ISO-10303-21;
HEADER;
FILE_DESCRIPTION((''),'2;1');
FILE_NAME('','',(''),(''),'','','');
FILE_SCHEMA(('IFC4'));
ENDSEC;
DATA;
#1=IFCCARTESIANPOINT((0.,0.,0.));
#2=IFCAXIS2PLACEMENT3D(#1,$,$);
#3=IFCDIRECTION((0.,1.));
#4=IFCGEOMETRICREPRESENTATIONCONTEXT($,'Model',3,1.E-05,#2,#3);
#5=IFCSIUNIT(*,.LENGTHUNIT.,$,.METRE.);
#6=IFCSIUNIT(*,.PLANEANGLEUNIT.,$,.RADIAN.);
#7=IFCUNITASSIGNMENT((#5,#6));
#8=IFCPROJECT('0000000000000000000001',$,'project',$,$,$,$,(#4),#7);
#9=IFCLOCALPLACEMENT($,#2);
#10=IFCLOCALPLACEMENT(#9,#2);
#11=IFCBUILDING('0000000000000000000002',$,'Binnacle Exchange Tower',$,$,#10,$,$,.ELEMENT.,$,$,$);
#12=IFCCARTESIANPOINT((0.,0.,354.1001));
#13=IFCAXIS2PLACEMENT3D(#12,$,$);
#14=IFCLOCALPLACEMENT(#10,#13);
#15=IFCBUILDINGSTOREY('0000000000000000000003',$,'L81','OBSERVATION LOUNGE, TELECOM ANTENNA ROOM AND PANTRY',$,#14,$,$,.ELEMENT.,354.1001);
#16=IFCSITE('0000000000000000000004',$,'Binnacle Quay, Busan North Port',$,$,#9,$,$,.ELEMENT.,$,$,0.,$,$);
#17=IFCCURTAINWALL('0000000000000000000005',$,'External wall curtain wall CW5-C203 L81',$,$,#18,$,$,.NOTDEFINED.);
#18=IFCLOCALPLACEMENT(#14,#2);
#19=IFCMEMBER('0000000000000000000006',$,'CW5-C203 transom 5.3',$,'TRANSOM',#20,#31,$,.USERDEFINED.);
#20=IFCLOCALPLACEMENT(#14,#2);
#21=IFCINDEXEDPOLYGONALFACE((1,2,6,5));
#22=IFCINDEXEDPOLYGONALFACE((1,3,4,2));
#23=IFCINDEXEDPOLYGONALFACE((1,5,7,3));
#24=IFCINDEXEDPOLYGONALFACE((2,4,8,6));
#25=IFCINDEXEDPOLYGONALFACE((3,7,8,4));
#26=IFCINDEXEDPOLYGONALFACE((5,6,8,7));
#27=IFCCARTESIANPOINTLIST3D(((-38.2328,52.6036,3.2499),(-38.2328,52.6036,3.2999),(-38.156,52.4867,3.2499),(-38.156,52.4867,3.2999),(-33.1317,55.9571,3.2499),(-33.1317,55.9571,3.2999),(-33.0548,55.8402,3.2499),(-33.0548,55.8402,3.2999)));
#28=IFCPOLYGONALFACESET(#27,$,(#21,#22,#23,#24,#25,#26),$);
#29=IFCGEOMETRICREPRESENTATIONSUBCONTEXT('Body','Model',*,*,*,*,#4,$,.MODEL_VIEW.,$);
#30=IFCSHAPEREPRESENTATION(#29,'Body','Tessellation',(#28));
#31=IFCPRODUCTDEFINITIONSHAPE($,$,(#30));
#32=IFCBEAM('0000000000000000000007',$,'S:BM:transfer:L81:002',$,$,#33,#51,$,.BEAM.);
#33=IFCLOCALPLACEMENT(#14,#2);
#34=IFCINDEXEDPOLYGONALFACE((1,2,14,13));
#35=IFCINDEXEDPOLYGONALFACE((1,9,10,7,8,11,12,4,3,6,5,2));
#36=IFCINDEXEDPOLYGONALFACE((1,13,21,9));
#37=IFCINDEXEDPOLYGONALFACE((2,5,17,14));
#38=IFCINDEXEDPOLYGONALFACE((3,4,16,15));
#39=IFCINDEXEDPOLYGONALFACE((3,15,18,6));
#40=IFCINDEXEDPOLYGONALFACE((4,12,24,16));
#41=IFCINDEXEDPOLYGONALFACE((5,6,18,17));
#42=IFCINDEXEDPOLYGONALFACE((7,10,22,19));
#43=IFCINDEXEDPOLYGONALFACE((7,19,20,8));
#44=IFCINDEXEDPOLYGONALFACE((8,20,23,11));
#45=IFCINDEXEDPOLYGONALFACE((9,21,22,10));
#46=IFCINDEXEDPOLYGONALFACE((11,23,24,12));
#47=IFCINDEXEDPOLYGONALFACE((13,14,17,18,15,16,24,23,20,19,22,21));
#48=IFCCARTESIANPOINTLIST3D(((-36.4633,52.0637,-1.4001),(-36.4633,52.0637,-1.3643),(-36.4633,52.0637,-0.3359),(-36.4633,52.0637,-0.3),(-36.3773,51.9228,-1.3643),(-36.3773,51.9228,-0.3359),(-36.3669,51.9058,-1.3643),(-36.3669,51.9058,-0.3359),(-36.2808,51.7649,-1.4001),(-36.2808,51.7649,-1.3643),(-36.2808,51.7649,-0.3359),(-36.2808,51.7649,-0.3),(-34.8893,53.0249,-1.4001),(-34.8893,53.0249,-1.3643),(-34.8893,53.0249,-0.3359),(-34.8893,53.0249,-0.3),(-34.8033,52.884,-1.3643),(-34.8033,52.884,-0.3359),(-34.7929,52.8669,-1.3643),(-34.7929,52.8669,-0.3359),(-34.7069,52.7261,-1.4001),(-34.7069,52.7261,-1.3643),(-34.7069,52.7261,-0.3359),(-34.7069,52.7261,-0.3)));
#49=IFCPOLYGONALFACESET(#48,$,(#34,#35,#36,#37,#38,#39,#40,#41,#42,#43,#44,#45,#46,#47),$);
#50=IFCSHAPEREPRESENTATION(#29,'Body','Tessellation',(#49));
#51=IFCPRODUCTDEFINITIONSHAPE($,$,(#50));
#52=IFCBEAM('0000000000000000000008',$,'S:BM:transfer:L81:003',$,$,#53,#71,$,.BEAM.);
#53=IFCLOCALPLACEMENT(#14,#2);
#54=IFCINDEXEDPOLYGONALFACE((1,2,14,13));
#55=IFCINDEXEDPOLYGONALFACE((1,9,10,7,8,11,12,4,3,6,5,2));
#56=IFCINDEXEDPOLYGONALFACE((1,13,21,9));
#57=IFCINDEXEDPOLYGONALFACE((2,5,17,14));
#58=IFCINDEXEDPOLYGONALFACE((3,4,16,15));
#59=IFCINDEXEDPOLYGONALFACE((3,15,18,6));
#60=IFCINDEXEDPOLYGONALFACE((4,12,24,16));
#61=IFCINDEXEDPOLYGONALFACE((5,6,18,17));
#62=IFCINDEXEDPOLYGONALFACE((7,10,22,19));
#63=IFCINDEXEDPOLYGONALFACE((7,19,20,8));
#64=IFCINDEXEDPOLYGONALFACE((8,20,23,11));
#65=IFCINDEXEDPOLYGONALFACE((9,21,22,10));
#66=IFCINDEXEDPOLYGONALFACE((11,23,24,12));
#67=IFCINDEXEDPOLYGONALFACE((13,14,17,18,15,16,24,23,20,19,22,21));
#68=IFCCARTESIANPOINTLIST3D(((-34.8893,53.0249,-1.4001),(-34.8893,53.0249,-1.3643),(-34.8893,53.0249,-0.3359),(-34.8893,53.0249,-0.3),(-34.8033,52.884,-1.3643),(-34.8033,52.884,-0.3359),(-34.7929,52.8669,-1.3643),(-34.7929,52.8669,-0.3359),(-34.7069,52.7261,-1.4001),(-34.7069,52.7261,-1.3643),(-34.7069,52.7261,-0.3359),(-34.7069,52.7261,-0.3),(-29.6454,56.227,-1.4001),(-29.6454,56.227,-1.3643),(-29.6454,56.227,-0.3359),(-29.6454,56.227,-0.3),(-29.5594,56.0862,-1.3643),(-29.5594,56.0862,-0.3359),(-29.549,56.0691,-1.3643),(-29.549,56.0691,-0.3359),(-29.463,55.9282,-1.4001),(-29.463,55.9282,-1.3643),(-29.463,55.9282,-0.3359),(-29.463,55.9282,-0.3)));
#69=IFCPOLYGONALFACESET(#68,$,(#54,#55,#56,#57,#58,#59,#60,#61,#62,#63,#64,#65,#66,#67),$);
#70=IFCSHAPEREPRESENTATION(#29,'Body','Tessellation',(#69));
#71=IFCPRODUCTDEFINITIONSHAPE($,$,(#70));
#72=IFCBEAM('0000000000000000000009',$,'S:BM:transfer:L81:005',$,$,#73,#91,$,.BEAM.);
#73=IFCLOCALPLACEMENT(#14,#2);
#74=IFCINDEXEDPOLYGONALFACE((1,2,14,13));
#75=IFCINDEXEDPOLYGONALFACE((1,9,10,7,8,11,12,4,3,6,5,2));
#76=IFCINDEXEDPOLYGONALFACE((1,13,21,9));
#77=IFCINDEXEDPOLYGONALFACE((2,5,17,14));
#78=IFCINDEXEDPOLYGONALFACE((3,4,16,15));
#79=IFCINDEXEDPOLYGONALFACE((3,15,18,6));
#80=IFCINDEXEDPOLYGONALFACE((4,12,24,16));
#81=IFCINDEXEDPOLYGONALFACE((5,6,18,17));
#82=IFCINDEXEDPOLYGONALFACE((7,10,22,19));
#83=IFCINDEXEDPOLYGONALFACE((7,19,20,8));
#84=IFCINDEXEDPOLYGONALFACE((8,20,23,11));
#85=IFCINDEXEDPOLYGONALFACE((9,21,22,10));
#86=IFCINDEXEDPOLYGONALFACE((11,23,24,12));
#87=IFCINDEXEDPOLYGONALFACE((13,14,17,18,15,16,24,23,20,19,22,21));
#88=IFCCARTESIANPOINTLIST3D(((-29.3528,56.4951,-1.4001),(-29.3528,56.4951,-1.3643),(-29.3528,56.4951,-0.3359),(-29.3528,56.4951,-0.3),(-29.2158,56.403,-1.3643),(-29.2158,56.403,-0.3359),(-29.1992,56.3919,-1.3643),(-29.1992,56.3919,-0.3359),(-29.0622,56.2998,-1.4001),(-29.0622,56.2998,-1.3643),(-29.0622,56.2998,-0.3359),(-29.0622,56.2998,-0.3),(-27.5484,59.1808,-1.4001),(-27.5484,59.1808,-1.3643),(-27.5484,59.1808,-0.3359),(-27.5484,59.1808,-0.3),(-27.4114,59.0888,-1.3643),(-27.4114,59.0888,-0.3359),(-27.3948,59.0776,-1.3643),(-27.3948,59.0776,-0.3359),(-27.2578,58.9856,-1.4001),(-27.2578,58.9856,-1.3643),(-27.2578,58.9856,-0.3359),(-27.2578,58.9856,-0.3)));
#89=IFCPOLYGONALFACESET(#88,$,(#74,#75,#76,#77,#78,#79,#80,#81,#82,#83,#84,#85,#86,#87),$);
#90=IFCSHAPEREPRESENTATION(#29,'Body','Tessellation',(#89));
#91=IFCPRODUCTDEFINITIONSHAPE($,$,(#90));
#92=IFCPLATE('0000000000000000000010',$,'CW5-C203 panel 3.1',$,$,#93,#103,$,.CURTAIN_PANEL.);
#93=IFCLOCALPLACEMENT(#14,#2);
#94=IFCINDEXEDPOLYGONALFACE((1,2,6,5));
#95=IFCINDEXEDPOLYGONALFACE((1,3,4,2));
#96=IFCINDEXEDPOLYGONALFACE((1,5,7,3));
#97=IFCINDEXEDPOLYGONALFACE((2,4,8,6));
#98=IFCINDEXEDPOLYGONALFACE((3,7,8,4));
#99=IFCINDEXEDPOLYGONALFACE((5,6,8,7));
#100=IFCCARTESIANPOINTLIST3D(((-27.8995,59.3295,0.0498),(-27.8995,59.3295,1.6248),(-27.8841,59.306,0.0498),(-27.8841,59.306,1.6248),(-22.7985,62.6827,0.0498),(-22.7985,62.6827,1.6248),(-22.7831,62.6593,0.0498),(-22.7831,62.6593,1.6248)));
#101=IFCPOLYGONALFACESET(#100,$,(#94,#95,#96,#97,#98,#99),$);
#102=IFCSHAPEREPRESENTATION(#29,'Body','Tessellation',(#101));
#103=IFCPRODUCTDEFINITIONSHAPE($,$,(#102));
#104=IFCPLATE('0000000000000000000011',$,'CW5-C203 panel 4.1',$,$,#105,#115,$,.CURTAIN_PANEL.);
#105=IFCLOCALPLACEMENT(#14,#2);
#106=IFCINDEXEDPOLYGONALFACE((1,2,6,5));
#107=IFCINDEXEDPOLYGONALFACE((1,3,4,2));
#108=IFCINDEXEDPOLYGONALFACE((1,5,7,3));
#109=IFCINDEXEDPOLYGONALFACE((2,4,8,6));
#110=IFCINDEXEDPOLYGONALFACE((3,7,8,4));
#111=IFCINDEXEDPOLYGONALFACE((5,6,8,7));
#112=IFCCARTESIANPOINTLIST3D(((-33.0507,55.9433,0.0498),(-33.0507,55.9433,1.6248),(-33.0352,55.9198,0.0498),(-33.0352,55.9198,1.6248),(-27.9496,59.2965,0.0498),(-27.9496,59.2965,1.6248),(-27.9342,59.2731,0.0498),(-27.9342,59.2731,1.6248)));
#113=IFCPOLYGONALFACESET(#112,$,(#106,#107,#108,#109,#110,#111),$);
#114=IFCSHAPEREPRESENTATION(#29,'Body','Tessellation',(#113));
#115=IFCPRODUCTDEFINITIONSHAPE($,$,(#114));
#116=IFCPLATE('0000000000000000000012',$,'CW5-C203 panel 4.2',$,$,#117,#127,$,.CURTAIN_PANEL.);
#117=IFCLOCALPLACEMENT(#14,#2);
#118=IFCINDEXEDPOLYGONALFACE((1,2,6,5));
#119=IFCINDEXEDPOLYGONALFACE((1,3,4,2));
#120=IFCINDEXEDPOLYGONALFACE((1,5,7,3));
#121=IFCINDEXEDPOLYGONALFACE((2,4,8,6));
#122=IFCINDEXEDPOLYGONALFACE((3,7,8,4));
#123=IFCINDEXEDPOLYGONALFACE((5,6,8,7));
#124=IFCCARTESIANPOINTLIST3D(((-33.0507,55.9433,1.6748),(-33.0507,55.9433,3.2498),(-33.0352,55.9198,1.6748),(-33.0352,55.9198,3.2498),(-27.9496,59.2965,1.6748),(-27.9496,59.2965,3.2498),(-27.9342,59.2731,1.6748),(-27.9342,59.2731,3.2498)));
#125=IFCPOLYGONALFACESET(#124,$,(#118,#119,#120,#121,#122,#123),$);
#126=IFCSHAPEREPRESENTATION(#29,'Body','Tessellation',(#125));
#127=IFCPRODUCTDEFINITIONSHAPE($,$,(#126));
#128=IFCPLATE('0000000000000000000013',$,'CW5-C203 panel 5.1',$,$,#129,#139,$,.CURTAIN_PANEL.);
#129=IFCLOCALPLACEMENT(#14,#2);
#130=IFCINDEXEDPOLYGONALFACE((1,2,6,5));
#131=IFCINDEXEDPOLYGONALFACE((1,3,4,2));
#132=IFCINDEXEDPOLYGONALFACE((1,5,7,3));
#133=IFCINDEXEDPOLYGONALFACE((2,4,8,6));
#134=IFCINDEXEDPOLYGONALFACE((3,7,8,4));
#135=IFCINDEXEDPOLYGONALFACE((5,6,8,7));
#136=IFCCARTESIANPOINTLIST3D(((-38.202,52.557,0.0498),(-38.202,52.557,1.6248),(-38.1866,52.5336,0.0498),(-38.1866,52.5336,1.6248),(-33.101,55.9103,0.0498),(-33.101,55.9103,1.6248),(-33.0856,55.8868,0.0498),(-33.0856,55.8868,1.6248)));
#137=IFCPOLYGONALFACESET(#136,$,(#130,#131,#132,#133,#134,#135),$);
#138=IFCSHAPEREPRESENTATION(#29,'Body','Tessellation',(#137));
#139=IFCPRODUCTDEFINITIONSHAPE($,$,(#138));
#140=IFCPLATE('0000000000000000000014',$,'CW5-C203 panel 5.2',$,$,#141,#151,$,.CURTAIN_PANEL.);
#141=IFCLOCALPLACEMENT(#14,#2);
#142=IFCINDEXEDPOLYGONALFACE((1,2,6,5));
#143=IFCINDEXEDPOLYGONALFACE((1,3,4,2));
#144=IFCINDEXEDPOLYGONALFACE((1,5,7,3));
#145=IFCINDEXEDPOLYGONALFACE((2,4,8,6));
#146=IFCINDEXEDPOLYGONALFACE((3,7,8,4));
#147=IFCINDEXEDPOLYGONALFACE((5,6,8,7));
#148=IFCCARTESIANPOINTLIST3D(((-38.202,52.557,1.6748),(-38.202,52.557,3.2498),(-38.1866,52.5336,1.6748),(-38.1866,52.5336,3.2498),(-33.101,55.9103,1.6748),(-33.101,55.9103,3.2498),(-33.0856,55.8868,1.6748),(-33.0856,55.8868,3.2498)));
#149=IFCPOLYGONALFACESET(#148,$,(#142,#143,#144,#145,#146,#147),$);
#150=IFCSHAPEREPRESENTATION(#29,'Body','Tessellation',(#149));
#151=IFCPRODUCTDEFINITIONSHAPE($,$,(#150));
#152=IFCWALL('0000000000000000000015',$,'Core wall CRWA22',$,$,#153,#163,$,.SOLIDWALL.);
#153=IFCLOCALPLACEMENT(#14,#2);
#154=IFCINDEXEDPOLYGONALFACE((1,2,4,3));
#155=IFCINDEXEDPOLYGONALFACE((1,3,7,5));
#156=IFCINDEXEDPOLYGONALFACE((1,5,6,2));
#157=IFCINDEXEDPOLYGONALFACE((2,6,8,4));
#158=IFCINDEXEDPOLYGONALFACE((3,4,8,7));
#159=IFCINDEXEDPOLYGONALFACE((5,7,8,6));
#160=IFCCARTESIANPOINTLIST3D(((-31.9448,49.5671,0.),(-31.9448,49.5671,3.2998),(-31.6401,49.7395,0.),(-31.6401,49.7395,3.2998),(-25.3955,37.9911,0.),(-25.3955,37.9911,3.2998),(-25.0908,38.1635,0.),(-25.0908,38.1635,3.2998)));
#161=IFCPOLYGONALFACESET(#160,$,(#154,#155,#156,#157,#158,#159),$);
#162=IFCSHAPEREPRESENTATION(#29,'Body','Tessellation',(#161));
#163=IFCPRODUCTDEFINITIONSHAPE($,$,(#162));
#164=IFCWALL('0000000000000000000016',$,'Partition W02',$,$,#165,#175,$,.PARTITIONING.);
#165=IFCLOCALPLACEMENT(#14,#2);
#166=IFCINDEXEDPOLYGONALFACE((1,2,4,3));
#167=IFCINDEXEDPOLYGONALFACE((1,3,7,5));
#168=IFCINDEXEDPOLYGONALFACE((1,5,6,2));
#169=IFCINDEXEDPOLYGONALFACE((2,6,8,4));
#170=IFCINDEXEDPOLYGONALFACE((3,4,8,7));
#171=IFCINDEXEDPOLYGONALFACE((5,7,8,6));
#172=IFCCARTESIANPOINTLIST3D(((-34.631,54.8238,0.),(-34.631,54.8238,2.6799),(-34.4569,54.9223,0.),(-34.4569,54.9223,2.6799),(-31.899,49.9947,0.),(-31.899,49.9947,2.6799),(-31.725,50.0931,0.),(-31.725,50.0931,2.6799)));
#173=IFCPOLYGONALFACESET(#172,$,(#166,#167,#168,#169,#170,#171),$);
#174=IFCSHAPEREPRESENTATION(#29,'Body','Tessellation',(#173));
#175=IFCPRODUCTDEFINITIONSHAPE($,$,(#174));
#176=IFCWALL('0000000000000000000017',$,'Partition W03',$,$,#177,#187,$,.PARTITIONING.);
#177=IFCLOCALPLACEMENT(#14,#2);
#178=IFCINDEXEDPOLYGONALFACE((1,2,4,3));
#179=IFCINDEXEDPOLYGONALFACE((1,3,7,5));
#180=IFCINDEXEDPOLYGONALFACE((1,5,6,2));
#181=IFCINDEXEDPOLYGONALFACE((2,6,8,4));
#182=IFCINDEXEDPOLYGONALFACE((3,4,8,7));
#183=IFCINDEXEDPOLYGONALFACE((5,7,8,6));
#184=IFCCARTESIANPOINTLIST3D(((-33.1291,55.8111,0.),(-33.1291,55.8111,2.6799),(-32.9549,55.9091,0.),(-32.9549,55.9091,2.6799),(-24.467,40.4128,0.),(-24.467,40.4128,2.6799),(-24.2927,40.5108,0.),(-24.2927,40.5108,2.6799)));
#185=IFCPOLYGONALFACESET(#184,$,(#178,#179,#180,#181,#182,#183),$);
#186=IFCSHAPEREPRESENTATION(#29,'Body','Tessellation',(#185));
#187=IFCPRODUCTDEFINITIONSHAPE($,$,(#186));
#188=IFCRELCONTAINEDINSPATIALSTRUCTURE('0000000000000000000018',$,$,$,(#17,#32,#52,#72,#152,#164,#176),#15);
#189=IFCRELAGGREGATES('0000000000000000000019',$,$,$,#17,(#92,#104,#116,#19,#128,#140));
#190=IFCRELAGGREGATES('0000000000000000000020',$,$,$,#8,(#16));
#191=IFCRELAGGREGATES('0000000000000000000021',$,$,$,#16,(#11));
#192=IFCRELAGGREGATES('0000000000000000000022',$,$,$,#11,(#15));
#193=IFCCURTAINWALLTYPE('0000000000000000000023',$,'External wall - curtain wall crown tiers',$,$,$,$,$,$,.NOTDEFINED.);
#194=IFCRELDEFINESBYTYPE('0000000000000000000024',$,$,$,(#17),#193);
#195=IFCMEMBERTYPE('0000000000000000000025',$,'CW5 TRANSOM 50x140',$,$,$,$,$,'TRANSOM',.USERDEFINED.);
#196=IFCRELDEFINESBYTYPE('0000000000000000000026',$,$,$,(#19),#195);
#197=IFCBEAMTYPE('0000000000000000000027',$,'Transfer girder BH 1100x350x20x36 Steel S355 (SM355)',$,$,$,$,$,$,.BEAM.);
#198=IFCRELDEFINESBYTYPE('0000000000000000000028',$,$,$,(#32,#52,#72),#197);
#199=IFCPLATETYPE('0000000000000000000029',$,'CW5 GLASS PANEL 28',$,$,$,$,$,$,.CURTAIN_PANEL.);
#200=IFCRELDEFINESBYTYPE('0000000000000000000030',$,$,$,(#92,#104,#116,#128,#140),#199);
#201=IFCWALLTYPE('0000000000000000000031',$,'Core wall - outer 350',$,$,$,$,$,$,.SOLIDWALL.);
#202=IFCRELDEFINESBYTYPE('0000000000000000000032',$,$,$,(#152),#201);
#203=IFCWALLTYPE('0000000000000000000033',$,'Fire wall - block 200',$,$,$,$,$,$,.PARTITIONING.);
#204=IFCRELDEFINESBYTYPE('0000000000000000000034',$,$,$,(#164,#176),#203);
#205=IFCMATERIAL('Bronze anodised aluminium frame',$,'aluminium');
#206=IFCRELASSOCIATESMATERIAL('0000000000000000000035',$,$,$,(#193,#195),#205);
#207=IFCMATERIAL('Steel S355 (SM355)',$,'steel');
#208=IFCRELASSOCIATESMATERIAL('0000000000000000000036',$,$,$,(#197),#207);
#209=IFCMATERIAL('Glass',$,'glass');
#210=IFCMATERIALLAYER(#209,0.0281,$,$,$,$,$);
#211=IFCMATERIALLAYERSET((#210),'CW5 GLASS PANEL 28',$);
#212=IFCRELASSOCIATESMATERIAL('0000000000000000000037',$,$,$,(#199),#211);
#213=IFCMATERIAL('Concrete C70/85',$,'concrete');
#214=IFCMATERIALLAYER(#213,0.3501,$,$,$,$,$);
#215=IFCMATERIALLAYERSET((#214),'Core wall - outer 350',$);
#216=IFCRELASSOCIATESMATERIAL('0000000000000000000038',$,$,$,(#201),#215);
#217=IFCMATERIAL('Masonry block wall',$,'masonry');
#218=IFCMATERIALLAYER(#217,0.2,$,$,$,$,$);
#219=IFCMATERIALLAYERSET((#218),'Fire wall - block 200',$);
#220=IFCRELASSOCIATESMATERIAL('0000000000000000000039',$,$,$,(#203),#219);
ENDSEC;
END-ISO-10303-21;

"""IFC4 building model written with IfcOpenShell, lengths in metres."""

from ifc_helpers import new_model, si_unit, direction, frame, frame_2d, origin, origin_2d, place, context, subcontext, project, spatial, rectangle, i_section, extrude, material, layer, layer_set, material_profile, profile_set, type_object, element, aggregate, save


model = new_model("IFC4")

# Units and contexts
model_context = context("Model", 3, precision=1e-05, world=origin(), true_north=direction((0.0, 1.0)))
body_context = subcontext(model_context, "Body", "Model", "MODEL_VIEW")
ifc_project = project(units=[si_unit("LENGTHUNIT", "METRE"), si_unit("PLANEANGLEUNIT", "RADIAN")], contexts=[model_context])

# Site, building, storey
site_placement = place(None, origin())
site = spatial("IfcSite", under=ifc_project, at=site_placement, Name="Binnacle Quay, Busan North Port", CompositionType="ELEMENT", RefElevation=0.0)
building_placement = place(site_placement, origin())
building = spatial("IfcBuilding", under=site, at=building_placement, Name="Binnacle Exchange Tower", CompositionType="ELEMENT")
storey_placement = place(building_placement, frame((0.0, 0.0, 354.1001)))
storey = spatial("IfcBuildingStorey", under=building, at=storey_placement, Name="L81", Description="OBSERVATION LOUNGE, TELECOM ANTENNA ROOM AND PANTRY", CompositionType="ELEMENT", Elevation=354.1001)

# Curtain wall, member
ifc_material_1 = material(Name="Bronze anodised aluminium frame", Category="aluminium")
curtain_wall_type = type_object("IfcCurtainWallType", Name="External wall - curtain wall crown tiers", PredefinedType="NOTDEFINED", material=ifc_material_1)
curtain_wall_placement = place(storey_placement, origin())
curtain_wall = element("IfcCurtainWall", 1, at=curtain_wall_placement, inside=storey, type_object=curtain_wall_type, Name="External wall curtain wall CW5-C203 L81", PredefinedType="NOTDEFINED")
ifc_material_profile_1 = material_profile(ifc_material_1, rectangle(XDim=0.1399, YDim=0.05, at=origin_2d()), Name="AL 140x50")
ifc_profile_set_1 = profile_set([ifc_material_profile_1], Name="Bronze anodised aluminium frame")
member_type_1 = type_object("IfcMemberType", Name="CW5 TRANSOM 50x140", ElementType="TRANSOM", PredefinedType="USERDEFINED", material=ifc_profile_set_1)
member_1_placement = place(storey_placement, frame((-33.0933, 55.8987, 3.2749), z_axis=(-0.835602, -0.549336, 0.0), x_axis=(0.549336, -0.835602, 0.0)))
member_1 = element("IfcMember", 2, at=member_1_placement, type_object=member_type_1, Name="CW5-C203 transom 5.3", ObjectType="TRANSOM", PredefinedType="USERDEFINED", context=body_context, shape_type="SweptSolid", body=[
    extrude(rectangle(XDim=0.1399, YDim=0.05, at=origin_2d()), origin(), (0.0, 0.0, 1.0), 6.1047),
])

# Beams
ifc_material_2 = material(Name="Steel S355 (SM355)", Category="steel")
ifc_material_profile_2 = material_profile(ifc_material_2, i_section(OverallWidth=0.3501, OverallDepth=1.1001, WebThickness=0.02, FlangeThickness=0.0359, at=origin_2d()), Name="BH 1100x350x20x36")
ifc_profile_set_2 = profile_set([ifc_material_profile_2], Name="Steel S355 (SM355)")
beam_type = type_object("IfcBeamType", Name="Transfer girder BH 1100x350x20x36 Steel S355 (SM355)", PredefinedType="BEAM", material=ifc_profile_set_2)
beam_1_placement = place(storey_placement, frame((-36.3721, 51.9143, -0.8501), z_axis=(0.853449, 0.521177, 0.0), x_axis=(-0.521177, 0.853449, 0.0)))
element("IfcBeam", 3, at=beam_1_placement, inside=storey, type_object=beam_type, Name="S:BM:transfer:L81:002", PredefinedType="BEAM", context=body_context, shape_type="SweptSolid", body=[
    extrude(i_section(OverallWidth=0.3501, OverallDepth=1.1001, WebThickness=0.02, FlangeThickness=0.0359, at=origin_2d()), origin(), (0.0, 0.0, 1.0), 1.8442),
])
beam_2_placement = place(storey_placement, frame((-34.7981, 52.8755, -0.8501), z_axis=(0.85346, 0.521159, 0.0), x_axis=(-0.521159, 0.85346, 0.0)))
element("IfcBeam", 4, at=beam_2_placement, inside=storey, type_object=beam_type, Name="S:BM:transfer:L81:003", PredefinedType="BEAM", context=body_context, shape_type="SweptSolid", body=[
    extrude(i_section(OverallWidth=0.3501, OverallDepth=1.1001, WebThickness=0.02, FlangeThickness=0.0359, at=origin_2d()), origin(), (0.0, 0.0, 1.0), 6.1443),
])
beam_3_placement = place(storey_placement, frame((-29.2075, 56.3975, -0.8501), z_axis=(0.557674, 0.83006, 0.0), x_axis=(-0.83006, 0.557674, 0.0)))
element("IfcBeam", 5, at=beam_3_placement, inside=storey, type_object=beam_type, Name="S:BM:transfer:L81:005", PredefinedType="BEAM", context=body_context, shape_type="SweptSolid", body=[
    extrude(i_section(OverallWidth=0.3501, OverallDepth=1.1001, WebThickness=0.02, FlangeThickness=0.0359, at=origin_2d()), origin(), (0.0, 0.0, 1.0), 3.2356),
])

# Plates
ifc_material_3 = material(Name="Glass", Category="glass")
ifc_layer_1 = layer(ifc_material_3, 0.0281)
ifc_layer_set_1 = layer_set([ifc_layer_1], Name="CW5 GLASS PANEL 28")
plate_type = type_object("IfcPlateType", Name="CW5 GLASS PANEL 28", PredefinedType="CURTAIN_PANEL", material=ifc_layer_set_1)
plate_1_placement = place(storey_placement, frame((-25.3413, 60.9944, 0.0498), z_axis=(0.0, 0.0, 1.0), x_axis=(-0.835618, -0.54931, 0.0)))
plate_1 = element("IfcPlate", 6, at=plate_1_placement, type_object=plate_type, Name="CW5-C203 panel 3.1", PredefinedType="CURTAIN_PANEL", context=body_context, shape_type="SweptSolid", body=[
    extrude(rectangle(XDim=6.1045, YDim=0.0281, at=origin_2d()), origin(), (0.0, 0.0, 1.0), 1.575),
])
plate_2_placement = place(storey_placement, frame((-30.4924, 57.6082, 0.0498), z_axis=(0.0, 0.0, 1.0), x_axis=(-0.835618, -0.54931, 0.0)))
plate_2 = element("IfcPlate", 7, at=plate_2_placement, type_object=plate_type, Name="CW5-C203 panel 4.1", PredefinedType="CURTAIN_PANEL", context=body_context, shape_type="SweptSolid", body=[
    extrude(rectangle(XDim=6.1045, YDim=0.0281, at=origin_2d()), origin(), (0.0, 0.0, 1.0), 1.575),
])
plate_3_placement = place(storey_placement, frame((-30.4924, 57.6082, 1.6748), z_axis=(0.0, 0.0, 1.0), x_axis=(-0.835618, -0.54931, 0.0)))
plate_3 = element("IfcPlate", 8, at=plate_3_placement, type_object=plate_type, Name="CW5-C203 panel 4.2", PredefinedType="CURTAIN_PANEL", context=body_context, shape_type="SweptSolid", body=[
    extrude(rectangle(XDim=6.1045, YDim=0.0281, at=origin_2d()), origin(), (0.0, 0.0, 1.0), 1.575),
])
plate_4_placement = place(storey_placement, frame((-35.6438, 54.2219, 0.0498), z_axis=(0.0, 0.0, 1.0), x_axis=(-0.835618, -0.54931, 0.0)))
plate_4 = element("IfcPlate", 9, at=plate_4_placement, type_object=plate_type, Name="CW5-C203 panel 5.1", PredefinedType="CURTAIN_PANEL", context=body_context, shape_type="SweptSolid", body=[
    extrude(rectangle(XDim=6.1045, YDim=0.0281, at=origin_2d()), origin(), (0.0, 0.0, 1.0), 1.575),
])
plate_5_placement = place(storey_placement, frame((-35.6438, 54.2219, 1.6748), z_axis=(0.0, 0.0, 1.0), x_axis=(-0.835618, -0.54931, 0.0)))
plate_5 = element("IfcPlate", 10, at=plate_5_placement, type_object=plate_type, Name="CW5-C203 panel 5.2", PredefinedType="CURTAIN_PANEL", context=body_context, shape_type="SweptSolid", body=[
    extrude(rectangle(XDim=6.1045, YDim=0.0281, at=origin_2d()), origin(), (0.0, 0.0, 1.0), 1.575),
])
aggregate(curtain_wall, [plate_1, plate_2, plate_3, member_1, plate_4, plate_5])

# Walls
ifc_material_4 = material(Name="Concrete C70/85", Category="concrete")
ifc_layer_2 = layer(ifc_material_4, 0.3501)
ifc_layer_set_2 = layer_set([ifc_layer_2], Name="Core wall - outer 350")
wall_type_1 = type_object("IfcWallType", Name="Core wall - outer 350", PredefinedType="SOLIDWALL", material=ifc_layer_set_2)
wall_1_placement = place(storey_placement, frame((-31.7925, 49.6533, 0.0), z_axis=(0.0, 0.0, 1.0), x_axis=(0.492422, -0.870357, 0.0)))
element("IfcWall", 11, at=wall_1_placement, inside=storey, type_object=wall_type_1, Name="Core wall CRWA22", PredefinedType="SOLIDWALL", context=body_context, shape_type="SweptSolid", body=[
    extrude(rectangle(XDim=13.3003, YDim=0.3501, at=frame_2d((6.6501, 0.0))), origin(), (0.0, 0.0, 1.0), 3.2998),
])
ifc_material_5 = material(Name="Masonry block wall", Category="masonry")
ifc_layer_3 = layer(ifc_material_5, 0.2)
ifc_layer_set_3 = layer_set([ifc_layer_3], Name="Fire wall - block 200")
wall_type_2 = type_object("IfcWallType", Name="Fire wall - block 200", PredefinedType="PARTITIONING", material=ifc_layer_set_3)
wall_2_placement = place(storey_placement, frame((-34.5439, 54.873, 0.0), z_axis=(0.0, 0.0, 1.0), x_axis=(0.492391, -0.870374, 0.0)))
element("IfcWall", 12, at=wall_2_placement, inside=storey, type_object=wall_type_2, Name="Partition W02", PredefinedType="PARTITIONING", context=body_context, shape_type="SweptSolid", body=[
    extrude(rectangle(XDim=5.5483, YDim=0.2, at=frame_2d((2.7742, 0.0))), origin(), (0.0, 0.0, 1.0), 2.6799),
])
wall_3_placement = place(storey_placement, frame((-33.042, 55.8601, 0.0), z_axis=(0.0, 0.0, 1.0), x_axis=(0.490288, -0.87156, 0.0)))
element("IfcWall", 13, at=wall_3_placement, inside=storey, type_object=wall_type_2, Name="Partition W03", PredefinedType="PARTITIONING", context=body_context, shape_type="SweptSolid", body=[
    extrude(rectangle(XDim=17.6675, YDim=0.2, at=frame_2d((8.8337, 0.0))), origin(), (0.0, 0.0, 1.0), 2.6799),
])

save(model, "model.ifc")
